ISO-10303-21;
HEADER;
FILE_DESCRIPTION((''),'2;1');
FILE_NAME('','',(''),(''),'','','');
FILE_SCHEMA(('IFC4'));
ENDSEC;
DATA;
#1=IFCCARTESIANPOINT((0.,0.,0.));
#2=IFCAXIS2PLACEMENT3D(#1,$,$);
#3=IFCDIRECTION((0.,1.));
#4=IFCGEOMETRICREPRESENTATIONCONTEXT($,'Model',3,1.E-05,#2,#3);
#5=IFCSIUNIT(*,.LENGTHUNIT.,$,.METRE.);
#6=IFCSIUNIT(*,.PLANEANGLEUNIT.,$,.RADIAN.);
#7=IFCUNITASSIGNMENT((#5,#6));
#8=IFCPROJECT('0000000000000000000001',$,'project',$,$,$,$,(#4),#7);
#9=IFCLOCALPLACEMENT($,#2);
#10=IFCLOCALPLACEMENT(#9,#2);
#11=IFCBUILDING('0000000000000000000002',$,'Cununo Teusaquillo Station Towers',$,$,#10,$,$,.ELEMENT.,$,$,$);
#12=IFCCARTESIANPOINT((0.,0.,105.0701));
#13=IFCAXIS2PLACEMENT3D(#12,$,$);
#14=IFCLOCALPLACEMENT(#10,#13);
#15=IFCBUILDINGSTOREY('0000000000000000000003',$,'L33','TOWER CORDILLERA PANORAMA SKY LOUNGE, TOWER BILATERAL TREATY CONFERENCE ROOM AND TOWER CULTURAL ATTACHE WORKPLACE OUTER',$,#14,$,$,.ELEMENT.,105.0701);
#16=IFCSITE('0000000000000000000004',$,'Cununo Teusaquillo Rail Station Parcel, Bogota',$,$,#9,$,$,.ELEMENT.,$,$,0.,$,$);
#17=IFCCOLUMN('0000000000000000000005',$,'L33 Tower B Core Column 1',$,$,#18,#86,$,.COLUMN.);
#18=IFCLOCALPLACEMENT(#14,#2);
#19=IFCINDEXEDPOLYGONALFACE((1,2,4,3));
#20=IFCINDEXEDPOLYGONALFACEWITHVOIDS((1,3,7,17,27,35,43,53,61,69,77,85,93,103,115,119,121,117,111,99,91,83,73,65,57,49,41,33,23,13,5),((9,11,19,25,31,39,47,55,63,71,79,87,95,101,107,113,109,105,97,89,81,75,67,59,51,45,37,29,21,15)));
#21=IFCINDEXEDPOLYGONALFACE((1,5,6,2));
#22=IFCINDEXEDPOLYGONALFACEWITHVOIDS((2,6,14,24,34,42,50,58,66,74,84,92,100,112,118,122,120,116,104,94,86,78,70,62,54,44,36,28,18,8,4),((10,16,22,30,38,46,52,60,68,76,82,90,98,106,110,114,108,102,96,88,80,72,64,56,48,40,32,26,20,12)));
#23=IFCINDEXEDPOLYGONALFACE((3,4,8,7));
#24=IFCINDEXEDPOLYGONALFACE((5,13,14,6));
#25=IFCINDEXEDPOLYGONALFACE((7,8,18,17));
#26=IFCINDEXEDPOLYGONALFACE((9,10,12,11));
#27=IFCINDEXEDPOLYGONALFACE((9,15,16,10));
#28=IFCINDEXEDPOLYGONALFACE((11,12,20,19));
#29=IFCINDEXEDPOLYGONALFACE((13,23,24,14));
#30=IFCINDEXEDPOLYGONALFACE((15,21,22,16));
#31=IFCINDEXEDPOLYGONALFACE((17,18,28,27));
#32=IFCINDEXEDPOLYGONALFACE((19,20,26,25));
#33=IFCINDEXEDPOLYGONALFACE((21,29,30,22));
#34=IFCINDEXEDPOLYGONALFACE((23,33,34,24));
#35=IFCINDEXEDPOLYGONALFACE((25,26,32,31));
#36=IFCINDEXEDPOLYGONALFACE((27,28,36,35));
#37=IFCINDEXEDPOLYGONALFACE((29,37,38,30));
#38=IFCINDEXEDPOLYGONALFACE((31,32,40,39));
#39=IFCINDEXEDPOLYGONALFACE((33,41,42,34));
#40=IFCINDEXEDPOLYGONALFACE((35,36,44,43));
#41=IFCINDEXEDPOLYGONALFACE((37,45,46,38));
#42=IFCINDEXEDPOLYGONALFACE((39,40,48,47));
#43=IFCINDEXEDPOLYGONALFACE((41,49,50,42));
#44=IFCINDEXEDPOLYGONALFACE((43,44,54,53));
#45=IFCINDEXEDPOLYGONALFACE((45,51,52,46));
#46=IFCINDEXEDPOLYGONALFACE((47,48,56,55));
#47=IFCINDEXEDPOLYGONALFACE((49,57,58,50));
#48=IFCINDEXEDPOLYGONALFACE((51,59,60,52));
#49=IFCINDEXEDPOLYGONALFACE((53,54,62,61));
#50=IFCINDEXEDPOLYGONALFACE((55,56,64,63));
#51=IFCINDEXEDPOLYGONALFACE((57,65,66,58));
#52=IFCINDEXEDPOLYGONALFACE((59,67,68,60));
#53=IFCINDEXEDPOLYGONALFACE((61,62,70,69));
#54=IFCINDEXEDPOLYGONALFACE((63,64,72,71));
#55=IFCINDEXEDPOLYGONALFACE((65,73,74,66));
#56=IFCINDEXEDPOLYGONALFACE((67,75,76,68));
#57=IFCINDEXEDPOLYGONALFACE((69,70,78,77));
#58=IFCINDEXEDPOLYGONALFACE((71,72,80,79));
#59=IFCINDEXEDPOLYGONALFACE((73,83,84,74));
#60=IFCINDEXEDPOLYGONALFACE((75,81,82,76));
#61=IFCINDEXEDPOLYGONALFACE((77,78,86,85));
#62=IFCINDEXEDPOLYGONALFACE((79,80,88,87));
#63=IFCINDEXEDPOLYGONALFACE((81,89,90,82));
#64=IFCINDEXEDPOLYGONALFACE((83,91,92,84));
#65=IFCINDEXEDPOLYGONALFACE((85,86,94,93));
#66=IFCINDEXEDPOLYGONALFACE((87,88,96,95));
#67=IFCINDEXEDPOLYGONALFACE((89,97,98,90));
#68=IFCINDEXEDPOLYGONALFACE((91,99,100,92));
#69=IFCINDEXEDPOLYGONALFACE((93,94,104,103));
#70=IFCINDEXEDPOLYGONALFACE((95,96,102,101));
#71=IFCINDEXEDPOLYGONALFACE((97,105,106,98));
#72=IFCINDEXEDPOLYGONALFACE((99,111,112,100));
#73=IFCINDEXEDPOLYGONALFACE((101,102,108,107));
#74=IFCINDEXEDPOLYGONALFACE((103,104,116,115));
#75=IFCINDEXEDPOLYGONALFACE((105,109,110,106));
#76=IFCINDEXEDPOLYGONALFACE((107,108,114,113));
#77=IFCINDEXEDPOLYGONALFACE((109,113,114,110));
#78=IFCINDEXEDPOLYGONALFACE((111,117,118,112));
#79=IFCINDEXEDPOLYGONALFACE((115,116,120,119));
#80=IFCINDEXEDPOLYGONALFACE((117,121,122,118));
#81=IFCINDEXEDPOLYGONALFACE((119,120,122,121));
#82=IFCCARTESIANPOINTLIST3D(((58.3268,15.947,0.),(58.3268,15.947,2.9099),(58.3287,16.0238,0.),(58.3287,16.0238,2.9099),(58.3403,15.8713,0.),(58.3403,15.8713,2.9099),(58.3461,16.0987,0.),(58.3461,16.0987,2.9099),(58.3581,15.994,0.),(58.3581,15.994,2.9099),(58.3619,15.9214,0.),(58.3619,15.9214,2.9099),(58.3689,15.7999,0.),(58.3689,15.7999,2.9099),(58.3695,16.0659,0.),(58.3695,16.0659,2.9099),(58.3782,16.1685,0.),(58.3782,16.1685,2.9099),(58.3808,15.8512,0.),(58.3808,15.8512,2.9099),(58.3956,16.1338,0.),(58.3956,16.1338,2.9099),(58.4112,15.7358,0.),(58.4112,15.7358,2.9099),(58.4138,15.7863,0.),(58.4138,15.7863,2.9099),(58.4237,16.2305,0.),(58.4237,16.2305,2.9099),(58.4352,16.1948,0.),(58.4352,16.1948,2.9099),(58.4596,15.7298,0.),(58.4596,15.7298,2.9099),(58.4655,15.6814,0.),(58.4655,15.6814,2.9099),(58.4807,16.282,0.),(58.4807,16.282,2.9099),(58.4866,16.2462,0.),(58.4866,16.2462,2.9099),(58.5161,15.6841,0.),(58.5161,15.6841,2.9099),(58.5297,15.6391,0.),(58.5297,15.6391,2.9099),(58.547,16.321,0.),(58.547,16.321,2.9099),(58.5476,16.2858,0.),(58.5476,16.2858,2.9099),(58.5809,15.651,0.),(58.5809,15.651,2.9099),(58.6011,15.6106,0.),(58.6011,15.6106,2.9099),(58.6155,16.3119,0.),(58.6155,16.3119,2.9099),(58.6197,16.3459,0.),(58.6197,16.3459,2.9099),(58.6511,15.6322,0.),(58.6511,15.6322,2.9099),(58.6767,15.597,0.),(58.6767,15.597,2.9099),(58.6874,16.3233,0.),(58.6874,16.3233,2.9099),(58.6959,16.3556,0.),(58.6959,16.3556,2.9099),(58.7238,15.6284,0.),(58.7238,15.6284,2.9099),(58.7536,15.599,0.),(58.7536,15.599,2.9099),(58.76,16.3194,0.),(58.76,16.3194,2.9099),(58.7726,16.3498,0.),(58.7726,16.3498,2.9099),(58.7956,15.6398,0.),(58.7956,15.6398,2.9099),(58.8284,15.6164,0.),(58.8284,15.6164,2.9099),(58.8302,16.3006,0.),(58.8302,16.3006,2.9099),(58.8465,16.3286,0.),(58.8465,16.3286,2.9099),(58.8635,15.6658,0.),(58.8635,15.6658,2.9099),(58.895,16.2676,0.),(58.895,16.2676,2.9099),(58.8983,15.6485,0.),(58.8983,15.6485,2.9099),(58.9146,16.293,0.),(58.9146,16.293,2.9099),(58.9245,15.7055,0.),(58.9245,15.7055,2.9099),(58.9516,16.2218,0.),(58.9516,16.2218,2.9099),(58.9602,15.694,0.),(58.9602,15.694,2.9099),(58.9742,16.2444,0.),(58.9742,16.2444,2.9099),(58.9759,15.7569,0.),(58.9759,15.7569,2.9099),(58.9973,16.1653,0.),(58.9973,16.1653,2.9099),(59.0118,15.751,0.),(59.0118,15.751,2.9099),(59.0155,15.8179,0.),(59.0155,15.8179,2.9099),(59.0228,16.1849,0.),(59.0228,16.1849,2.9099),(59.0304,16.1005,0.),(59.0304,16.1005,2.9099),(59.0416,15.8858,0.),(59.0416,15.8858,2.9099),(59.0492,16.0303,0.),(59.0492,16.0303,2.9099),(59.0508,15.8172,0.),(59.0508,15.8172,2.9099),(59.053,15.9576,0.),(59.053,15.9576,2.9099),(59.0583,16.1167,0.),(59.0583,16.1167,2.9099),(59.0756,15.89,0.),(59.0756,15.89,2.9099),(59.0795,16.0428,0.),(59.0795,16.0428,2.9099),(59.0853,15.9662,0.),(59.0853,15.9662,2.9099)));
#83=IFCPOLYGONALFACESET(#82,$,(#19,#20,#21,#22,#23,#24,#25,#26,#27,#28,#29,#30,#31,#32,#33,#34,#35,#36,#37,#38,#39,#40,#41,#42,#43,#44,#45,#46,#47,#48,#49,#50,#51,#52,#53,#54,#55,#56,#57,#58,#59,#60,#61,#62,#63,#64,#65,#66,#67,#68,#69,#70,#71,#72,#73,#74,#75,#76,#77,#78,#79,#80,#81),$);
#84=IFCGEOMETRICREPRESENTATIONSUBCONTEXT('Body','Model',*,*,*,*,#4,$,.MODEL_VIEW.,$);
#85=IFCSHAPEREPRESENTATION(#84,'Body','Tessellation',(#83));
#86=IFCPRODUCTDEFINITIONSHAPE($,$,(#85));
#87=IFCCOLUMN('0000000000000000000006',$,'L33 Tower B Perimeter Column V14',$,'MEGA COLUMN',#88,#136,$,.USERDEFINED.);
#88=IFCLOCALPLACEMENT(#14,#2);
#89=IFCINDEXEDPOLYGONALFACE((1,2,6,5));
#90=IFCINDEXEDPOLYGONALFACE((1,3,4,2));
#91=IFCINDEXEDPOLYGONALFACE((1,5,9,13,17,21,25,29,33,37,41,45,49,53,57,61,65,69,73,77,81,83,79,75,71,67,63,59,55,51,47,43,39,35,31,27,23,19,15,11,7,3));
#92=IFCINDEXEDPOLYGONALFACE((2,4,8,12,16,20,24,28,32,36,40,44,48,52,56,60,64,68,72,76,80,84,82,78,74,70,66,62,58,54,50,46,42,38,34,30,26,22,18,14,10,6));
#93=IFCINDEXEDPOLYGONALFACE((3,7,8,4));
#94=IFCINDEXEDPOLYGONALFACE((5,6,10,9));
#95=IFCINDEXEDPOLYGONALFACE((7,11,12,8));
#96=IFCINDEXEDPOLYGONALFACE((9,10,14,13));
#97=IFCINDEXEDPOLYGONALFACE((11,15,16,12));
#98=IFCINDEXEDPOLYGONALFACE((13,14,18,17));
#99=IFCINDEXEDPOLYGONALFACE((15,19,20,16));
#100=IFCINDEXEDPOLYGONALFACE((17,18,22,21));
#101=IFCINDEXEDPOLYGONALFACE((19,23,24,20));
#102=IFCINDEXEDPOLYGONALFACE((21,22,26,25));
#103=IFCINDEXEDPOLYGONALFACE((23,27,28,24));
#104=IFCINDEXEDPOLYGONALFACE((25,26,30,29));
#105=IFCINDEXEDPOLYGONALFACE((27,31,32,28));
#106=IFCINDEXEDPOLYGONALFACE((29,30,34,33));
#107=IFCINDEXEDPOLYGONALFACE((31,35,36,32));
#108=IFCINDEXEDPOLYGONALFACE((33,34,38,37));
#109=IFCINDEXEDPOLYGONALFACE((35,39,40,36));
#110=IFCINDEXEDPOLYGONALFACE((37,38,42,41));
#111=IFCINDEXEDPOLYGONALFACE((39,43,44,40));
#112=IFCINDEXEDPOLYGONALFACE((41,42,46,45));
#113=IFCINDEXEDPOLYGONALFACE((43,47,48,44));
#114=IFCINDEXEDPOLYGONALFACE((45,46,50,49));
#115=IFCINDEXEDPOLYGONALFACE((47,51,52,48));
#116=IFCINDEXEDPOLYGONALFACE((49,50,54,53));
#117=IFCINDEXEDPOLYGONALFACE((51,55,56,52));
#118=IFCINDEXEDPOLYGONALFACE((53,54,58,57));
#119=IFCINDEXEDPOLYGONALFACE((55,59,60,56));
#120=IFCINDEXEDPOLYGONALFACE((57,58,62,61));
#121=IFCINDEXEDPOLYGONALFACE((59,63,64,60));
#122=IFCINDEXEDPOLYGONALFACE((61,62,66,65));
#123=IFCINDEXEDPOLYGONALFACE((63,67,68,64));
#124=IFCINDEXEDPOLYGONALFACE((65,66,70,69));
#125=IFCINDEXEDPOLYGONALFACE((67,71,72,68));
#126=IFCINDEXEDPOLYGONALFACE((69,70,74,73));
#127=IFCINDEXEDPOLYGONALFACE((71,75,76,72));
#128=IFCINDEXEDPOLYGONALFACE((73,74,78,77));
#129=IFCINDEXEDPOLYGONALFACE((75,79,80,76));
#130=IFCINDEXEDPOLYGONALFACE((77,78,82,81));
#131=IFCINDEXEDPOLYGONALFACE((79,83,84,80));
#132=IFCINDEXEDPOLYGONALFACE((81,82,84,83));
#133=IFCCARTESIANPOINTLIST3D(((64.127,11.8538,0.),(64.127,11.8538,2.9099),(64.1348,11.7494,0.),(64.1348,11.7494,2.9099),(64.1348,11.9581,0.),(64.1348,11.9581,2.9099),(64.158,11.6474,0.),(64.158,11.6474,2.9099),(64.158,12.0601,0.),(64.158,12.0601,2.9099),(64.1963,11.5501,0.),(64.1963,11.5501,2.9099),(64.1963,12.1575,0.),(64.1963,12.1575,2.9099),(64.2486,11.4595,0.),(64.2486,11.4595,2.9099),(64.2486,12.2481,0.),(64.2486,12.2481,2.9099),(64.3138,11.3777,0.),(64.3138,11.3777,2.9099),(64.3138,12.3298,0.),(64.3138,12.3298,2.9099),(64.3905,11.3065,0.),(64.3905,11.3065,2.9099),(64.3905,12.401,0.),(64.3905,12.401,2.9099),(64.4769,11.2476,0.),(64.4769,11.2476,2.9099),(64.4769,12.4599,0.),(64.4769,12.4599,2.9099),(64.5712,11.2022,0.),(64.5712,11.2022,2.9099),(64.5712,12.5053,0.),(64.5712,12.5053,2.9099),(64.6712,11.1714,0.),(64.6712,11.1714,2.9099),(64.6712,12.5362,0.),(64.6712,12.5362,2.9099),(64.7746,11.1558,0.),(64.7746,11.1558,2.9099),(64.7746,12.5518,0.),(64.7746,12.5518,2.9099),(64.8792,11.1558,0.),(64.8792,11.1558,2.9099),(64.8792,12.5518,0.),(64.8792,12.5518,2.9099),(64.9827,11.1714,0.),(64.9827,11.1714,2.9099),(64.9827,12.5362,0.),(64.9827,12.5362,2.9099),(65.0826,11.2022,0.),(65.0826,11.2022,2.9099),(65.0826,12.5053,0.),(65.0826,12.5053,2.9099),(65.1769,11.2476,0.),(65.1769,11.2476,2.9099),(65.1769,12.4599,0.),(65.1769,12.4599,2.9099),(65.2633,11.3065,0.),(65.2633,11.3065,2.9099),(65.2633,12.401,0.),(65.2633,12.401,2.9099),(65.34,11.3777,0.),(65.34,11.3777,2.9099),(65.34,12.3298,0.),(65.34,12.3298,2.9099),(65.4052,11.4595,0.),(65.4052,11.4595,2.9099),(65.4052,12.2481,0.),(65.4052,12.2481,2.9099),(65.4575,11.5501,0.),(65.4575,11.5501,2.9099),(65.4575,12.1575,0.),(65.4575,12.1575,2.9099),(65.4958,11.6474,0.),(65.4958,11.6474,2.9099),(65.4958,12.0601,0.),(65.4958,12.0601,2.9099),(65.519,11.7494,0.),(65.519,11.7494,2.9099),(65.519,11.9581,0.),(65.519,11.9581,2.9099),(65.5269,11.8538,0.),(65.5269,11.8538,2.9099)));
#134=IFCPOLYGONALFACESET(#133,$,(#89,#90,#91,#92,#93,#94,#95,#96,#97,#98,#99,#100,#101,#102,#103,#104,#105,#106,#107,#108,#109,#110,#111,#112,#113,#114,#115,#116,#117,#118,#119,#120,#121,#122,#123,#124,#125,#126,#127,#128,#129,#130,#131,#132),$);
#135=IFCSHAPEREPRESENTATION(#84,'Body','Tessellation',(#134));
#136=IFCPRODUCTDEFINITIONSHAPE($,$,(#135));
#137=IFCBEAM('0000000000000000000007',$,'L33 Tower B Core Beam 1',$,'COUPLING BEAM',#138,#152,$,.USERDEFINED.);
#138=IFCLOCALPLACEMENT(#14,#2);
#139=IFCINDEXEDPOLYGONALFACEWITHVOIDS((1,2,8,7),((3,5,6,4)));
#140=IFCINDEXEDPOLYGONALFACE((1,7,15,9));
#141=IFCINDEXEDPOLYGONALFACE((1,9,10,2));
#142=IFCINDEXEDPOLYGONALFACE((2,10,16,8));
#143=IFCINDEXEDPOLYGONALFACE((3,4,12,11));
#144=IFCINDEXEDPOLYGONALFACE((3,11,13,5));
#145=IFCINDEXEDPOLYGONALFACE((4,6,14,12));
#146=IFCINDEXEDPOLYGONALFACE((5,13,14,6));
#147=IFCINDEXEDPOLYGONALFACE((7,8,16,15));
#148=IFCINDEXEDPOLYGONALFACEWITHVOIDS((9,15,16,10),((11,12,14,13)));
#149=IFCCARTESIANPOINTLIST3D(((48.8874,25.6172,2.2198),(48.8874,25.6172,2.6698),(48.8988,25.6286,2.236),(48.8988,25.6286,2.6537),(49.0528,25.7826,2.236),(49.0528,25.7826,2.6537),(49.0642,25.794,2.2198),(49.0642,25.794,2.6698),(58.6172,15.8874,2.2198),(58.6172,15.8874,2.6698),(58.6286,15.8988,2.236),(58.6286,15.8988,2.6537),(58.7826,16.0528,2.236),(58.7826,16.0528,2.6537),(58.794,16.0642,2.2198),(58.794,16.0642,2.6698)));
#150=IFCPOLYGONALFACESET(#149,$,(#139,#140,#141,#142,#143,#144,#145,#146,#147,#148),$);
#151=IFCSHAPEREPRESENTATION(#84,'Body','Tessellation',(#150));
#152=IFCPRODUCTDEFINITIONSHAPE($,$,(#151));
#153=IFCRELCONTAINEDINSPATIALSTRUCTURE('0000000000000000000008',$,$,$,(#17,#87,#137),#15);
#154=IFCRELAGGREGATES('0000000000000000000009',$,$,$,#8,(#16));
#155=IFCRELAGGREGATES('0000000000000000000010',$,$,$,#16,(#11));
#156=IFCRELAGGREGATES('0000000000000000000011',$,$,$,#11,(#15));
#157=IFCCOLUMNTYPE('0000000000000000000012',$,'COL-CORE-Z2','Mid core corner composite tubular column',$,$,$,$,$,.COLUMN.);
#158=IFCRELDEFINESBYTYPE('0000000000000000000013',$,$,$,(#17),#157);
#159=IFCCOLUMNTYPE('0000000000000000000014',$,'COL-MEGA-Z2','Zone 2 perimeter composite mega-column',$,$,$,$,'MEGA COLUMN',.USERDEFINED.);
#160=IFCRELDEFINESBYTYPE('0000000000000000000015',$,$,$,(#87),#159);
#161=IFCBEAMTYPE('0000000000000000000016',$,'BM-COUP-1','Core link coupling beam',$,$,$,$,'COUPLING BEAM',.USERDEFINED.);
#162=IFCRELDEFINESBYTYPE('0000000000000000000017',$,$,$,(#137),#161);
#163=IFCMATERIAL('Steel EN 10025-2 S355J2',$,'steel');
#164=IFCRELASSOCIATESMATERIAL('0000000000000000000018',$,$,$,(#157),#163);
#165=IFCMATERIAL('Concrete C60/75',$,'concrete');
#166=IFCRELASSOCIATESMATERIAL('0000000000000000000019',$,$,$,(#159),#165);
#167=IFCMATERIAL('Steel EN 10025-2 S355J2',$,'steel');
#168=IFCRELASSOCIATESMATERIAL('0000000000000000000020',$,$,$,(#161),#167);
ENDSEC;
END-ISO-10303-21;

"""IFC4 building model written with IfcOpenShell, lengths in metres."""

from ifc_helpers import new_model, si_unit, direction, frame, origin, origin_2d, place, context, subcontext, project, spatial, hollow_rectangle, circle, hollow_circle, extrude, material, material_profile, profile_set, type_object, element, save


model = new_model("IFC4")

# Units and contexts
model_context = context("Model", 3, precision=1e-05, world=origin(), true_north=direction((0.0, 1.0)))
body_context = subcontext(model_context, "Body", "Model", "MODEL_VIEW")
ifc_project = project(units=[si_unit("LENGTHUNIT", "METRE"), si_unit("PLANEANGLEUNIT", "RADIAN")], contexts=[model_context])

# Site, building, storey
site_placement = place(None, origin())
site = spatial("IfcSite", under=ifc_project, at=site_placement, Name="Cununo Teusaquillo Rail Station Parcel, Bogota", CompositionType="ELEMENT", RefElevation=0.0)
building_placement = place(site_placement, origin())
building = spatial("IfcBuilding", under=site, at=building_placement, Name="Cununo Teusaquillo Station Towers", CompositionType="ELEMENT")
storey_placement = place(building_placement, frame((0.0, 0.0, 105.0701)))
storey = spatial("IfcBuildingStorey", under=building, at=storey_placement, Name="L33", Description="TOWER CORDILLERA PANORAMA SKY LOUNGE, TOWER BILATERAL TREATY CONFERENCE ROOM AND TOWER CULTURAL ATTACHE WORKPLACE OUTER", CompositionType="ELEMENT", Elevation=105.0701)

# Columns
ifc_material_1 = material(Name="Steel EN 10025-2 S355J2", Category="steel")
ifc_material_profile_1 = material_profile(ifc_material_1, hollow_circle(Radius=0.3799, WallThickness=0.032, at=origin_2d()), Name="CHS 760x32")
ifc_profile_set_1 = profile_set([ifc_material_profile_1], Name="Steel EN 10025-2 S355J2")
column_type_1 = type_object("IfcColumnType", Name="COL-CORE-Z2", Description="Mid core corner composite tubular column", PredefinedType="COLUMN", material=ifc_profile_set_1)
column_1_placement = place(storey_placement, frame((58.7056, 15.9758, 0.0), z_axis=(0.0, 0.0, 1.0), x_axis=(0.707107, 0.707107, 0.0)))
element("IfcColumn", 1, at=column_1_placement, inside=storey, type_object=column_type_1, Name="L33 Tower B Core Column 1", PredefinedType="COLUMN", context=body_context, shape_type="SweptSolid", body=[
    extrude(hollow_circle(Radius=0.3799, WallThickness=0.032, at=origin_2d()), origin(), (0.0, 0.0, 1.0), 2.9099),
])
ifc_material_2 = material(Name="Concrete C60/75", Category="concrete")
ifc_material_profile_2 = material_profile(ifc_material_2, circle(Radius=0.7, at=origin_2d()), Name="RC-CIRC-1400")
ifc_profile_set_2 = profile_set([ifc_material_profile_2], Name="Concrete C60/75")
column_type_2 = type_object("IfcColumnType", Name="COL-MEGA-Z2", Description="Zone 2 perimeter composite mega-column", ElementType="MEGA COLUMN", PredefinedType="USERDEFINED", material=ifc_profile_set_2)
column_2_placement = place(storey_placement, frame((64.8269, 11.8538, 0.0), z_axis=(0.0, 0.0, 1.0), x_axis=(1.0, 0.0, 0.0)))
element("IfcColumn", 2, at=column_2_placement, inside=storey, type_object=column_type_2, Name="L33 Tower B Perimeter Column V14", ObjectType="MEGA COLUMN", PredefinedType="USERDEFINED", context=body_context, shape_type="SweptSolid", body=[
    extrude(circle(Radius=0.7, at=origin_2d()), origin(), (0.0, 0.0, 1.0), 2.9099),
])

# Beam
ifc_material_3 = material(Name="Steel EN 10025-2 S355J2", Category="steel")
ifc_material_profile_3 = material_profile(ifc_material_3, hollow_rectangle(XDim=0.25, YDim=0.45, WallThickness=0.0161, at=origin_2d()), Name="RHS 450x250x16")
ifc_profile_set_3 = profile_set([ifc_material_profile_3], Name="Steel EN 10025-2 S355J2")
beam_type_1 = type_object("IfcBeamType", Name="BM-COUP-1", Description="Core link coupling beam", ElementType="COUPLING BEAM", PredefinedType="USERDEFINED", material=ifc_profile_set_3)
beam_1_placement = place(storey_placement, frame((58.7056, 15.9758, 2.4448), z_axis=(-0.707107, 0.707107, 0.0), x_axis=(-0.707107, -0.707107, 0.0)))
element("IfcBeam", 3, at=beam_1_placement, inside=storey, type_object=beam_type_1, Name="L33 Tower B Core Beam 1", ObjectType="COUPLING BEAM", PredefinedType="USERDEFINED", context=body_context, shape_type="SweptSolid", body=[
    extrude(hollow_rectangle(XDim=0.25, YDim=0.45, WallThickness=0.0161, at=origin_2d()), origin(), (0.0, 0.0, 1.0), 13.76),
])

save(model, "model.ifc")
